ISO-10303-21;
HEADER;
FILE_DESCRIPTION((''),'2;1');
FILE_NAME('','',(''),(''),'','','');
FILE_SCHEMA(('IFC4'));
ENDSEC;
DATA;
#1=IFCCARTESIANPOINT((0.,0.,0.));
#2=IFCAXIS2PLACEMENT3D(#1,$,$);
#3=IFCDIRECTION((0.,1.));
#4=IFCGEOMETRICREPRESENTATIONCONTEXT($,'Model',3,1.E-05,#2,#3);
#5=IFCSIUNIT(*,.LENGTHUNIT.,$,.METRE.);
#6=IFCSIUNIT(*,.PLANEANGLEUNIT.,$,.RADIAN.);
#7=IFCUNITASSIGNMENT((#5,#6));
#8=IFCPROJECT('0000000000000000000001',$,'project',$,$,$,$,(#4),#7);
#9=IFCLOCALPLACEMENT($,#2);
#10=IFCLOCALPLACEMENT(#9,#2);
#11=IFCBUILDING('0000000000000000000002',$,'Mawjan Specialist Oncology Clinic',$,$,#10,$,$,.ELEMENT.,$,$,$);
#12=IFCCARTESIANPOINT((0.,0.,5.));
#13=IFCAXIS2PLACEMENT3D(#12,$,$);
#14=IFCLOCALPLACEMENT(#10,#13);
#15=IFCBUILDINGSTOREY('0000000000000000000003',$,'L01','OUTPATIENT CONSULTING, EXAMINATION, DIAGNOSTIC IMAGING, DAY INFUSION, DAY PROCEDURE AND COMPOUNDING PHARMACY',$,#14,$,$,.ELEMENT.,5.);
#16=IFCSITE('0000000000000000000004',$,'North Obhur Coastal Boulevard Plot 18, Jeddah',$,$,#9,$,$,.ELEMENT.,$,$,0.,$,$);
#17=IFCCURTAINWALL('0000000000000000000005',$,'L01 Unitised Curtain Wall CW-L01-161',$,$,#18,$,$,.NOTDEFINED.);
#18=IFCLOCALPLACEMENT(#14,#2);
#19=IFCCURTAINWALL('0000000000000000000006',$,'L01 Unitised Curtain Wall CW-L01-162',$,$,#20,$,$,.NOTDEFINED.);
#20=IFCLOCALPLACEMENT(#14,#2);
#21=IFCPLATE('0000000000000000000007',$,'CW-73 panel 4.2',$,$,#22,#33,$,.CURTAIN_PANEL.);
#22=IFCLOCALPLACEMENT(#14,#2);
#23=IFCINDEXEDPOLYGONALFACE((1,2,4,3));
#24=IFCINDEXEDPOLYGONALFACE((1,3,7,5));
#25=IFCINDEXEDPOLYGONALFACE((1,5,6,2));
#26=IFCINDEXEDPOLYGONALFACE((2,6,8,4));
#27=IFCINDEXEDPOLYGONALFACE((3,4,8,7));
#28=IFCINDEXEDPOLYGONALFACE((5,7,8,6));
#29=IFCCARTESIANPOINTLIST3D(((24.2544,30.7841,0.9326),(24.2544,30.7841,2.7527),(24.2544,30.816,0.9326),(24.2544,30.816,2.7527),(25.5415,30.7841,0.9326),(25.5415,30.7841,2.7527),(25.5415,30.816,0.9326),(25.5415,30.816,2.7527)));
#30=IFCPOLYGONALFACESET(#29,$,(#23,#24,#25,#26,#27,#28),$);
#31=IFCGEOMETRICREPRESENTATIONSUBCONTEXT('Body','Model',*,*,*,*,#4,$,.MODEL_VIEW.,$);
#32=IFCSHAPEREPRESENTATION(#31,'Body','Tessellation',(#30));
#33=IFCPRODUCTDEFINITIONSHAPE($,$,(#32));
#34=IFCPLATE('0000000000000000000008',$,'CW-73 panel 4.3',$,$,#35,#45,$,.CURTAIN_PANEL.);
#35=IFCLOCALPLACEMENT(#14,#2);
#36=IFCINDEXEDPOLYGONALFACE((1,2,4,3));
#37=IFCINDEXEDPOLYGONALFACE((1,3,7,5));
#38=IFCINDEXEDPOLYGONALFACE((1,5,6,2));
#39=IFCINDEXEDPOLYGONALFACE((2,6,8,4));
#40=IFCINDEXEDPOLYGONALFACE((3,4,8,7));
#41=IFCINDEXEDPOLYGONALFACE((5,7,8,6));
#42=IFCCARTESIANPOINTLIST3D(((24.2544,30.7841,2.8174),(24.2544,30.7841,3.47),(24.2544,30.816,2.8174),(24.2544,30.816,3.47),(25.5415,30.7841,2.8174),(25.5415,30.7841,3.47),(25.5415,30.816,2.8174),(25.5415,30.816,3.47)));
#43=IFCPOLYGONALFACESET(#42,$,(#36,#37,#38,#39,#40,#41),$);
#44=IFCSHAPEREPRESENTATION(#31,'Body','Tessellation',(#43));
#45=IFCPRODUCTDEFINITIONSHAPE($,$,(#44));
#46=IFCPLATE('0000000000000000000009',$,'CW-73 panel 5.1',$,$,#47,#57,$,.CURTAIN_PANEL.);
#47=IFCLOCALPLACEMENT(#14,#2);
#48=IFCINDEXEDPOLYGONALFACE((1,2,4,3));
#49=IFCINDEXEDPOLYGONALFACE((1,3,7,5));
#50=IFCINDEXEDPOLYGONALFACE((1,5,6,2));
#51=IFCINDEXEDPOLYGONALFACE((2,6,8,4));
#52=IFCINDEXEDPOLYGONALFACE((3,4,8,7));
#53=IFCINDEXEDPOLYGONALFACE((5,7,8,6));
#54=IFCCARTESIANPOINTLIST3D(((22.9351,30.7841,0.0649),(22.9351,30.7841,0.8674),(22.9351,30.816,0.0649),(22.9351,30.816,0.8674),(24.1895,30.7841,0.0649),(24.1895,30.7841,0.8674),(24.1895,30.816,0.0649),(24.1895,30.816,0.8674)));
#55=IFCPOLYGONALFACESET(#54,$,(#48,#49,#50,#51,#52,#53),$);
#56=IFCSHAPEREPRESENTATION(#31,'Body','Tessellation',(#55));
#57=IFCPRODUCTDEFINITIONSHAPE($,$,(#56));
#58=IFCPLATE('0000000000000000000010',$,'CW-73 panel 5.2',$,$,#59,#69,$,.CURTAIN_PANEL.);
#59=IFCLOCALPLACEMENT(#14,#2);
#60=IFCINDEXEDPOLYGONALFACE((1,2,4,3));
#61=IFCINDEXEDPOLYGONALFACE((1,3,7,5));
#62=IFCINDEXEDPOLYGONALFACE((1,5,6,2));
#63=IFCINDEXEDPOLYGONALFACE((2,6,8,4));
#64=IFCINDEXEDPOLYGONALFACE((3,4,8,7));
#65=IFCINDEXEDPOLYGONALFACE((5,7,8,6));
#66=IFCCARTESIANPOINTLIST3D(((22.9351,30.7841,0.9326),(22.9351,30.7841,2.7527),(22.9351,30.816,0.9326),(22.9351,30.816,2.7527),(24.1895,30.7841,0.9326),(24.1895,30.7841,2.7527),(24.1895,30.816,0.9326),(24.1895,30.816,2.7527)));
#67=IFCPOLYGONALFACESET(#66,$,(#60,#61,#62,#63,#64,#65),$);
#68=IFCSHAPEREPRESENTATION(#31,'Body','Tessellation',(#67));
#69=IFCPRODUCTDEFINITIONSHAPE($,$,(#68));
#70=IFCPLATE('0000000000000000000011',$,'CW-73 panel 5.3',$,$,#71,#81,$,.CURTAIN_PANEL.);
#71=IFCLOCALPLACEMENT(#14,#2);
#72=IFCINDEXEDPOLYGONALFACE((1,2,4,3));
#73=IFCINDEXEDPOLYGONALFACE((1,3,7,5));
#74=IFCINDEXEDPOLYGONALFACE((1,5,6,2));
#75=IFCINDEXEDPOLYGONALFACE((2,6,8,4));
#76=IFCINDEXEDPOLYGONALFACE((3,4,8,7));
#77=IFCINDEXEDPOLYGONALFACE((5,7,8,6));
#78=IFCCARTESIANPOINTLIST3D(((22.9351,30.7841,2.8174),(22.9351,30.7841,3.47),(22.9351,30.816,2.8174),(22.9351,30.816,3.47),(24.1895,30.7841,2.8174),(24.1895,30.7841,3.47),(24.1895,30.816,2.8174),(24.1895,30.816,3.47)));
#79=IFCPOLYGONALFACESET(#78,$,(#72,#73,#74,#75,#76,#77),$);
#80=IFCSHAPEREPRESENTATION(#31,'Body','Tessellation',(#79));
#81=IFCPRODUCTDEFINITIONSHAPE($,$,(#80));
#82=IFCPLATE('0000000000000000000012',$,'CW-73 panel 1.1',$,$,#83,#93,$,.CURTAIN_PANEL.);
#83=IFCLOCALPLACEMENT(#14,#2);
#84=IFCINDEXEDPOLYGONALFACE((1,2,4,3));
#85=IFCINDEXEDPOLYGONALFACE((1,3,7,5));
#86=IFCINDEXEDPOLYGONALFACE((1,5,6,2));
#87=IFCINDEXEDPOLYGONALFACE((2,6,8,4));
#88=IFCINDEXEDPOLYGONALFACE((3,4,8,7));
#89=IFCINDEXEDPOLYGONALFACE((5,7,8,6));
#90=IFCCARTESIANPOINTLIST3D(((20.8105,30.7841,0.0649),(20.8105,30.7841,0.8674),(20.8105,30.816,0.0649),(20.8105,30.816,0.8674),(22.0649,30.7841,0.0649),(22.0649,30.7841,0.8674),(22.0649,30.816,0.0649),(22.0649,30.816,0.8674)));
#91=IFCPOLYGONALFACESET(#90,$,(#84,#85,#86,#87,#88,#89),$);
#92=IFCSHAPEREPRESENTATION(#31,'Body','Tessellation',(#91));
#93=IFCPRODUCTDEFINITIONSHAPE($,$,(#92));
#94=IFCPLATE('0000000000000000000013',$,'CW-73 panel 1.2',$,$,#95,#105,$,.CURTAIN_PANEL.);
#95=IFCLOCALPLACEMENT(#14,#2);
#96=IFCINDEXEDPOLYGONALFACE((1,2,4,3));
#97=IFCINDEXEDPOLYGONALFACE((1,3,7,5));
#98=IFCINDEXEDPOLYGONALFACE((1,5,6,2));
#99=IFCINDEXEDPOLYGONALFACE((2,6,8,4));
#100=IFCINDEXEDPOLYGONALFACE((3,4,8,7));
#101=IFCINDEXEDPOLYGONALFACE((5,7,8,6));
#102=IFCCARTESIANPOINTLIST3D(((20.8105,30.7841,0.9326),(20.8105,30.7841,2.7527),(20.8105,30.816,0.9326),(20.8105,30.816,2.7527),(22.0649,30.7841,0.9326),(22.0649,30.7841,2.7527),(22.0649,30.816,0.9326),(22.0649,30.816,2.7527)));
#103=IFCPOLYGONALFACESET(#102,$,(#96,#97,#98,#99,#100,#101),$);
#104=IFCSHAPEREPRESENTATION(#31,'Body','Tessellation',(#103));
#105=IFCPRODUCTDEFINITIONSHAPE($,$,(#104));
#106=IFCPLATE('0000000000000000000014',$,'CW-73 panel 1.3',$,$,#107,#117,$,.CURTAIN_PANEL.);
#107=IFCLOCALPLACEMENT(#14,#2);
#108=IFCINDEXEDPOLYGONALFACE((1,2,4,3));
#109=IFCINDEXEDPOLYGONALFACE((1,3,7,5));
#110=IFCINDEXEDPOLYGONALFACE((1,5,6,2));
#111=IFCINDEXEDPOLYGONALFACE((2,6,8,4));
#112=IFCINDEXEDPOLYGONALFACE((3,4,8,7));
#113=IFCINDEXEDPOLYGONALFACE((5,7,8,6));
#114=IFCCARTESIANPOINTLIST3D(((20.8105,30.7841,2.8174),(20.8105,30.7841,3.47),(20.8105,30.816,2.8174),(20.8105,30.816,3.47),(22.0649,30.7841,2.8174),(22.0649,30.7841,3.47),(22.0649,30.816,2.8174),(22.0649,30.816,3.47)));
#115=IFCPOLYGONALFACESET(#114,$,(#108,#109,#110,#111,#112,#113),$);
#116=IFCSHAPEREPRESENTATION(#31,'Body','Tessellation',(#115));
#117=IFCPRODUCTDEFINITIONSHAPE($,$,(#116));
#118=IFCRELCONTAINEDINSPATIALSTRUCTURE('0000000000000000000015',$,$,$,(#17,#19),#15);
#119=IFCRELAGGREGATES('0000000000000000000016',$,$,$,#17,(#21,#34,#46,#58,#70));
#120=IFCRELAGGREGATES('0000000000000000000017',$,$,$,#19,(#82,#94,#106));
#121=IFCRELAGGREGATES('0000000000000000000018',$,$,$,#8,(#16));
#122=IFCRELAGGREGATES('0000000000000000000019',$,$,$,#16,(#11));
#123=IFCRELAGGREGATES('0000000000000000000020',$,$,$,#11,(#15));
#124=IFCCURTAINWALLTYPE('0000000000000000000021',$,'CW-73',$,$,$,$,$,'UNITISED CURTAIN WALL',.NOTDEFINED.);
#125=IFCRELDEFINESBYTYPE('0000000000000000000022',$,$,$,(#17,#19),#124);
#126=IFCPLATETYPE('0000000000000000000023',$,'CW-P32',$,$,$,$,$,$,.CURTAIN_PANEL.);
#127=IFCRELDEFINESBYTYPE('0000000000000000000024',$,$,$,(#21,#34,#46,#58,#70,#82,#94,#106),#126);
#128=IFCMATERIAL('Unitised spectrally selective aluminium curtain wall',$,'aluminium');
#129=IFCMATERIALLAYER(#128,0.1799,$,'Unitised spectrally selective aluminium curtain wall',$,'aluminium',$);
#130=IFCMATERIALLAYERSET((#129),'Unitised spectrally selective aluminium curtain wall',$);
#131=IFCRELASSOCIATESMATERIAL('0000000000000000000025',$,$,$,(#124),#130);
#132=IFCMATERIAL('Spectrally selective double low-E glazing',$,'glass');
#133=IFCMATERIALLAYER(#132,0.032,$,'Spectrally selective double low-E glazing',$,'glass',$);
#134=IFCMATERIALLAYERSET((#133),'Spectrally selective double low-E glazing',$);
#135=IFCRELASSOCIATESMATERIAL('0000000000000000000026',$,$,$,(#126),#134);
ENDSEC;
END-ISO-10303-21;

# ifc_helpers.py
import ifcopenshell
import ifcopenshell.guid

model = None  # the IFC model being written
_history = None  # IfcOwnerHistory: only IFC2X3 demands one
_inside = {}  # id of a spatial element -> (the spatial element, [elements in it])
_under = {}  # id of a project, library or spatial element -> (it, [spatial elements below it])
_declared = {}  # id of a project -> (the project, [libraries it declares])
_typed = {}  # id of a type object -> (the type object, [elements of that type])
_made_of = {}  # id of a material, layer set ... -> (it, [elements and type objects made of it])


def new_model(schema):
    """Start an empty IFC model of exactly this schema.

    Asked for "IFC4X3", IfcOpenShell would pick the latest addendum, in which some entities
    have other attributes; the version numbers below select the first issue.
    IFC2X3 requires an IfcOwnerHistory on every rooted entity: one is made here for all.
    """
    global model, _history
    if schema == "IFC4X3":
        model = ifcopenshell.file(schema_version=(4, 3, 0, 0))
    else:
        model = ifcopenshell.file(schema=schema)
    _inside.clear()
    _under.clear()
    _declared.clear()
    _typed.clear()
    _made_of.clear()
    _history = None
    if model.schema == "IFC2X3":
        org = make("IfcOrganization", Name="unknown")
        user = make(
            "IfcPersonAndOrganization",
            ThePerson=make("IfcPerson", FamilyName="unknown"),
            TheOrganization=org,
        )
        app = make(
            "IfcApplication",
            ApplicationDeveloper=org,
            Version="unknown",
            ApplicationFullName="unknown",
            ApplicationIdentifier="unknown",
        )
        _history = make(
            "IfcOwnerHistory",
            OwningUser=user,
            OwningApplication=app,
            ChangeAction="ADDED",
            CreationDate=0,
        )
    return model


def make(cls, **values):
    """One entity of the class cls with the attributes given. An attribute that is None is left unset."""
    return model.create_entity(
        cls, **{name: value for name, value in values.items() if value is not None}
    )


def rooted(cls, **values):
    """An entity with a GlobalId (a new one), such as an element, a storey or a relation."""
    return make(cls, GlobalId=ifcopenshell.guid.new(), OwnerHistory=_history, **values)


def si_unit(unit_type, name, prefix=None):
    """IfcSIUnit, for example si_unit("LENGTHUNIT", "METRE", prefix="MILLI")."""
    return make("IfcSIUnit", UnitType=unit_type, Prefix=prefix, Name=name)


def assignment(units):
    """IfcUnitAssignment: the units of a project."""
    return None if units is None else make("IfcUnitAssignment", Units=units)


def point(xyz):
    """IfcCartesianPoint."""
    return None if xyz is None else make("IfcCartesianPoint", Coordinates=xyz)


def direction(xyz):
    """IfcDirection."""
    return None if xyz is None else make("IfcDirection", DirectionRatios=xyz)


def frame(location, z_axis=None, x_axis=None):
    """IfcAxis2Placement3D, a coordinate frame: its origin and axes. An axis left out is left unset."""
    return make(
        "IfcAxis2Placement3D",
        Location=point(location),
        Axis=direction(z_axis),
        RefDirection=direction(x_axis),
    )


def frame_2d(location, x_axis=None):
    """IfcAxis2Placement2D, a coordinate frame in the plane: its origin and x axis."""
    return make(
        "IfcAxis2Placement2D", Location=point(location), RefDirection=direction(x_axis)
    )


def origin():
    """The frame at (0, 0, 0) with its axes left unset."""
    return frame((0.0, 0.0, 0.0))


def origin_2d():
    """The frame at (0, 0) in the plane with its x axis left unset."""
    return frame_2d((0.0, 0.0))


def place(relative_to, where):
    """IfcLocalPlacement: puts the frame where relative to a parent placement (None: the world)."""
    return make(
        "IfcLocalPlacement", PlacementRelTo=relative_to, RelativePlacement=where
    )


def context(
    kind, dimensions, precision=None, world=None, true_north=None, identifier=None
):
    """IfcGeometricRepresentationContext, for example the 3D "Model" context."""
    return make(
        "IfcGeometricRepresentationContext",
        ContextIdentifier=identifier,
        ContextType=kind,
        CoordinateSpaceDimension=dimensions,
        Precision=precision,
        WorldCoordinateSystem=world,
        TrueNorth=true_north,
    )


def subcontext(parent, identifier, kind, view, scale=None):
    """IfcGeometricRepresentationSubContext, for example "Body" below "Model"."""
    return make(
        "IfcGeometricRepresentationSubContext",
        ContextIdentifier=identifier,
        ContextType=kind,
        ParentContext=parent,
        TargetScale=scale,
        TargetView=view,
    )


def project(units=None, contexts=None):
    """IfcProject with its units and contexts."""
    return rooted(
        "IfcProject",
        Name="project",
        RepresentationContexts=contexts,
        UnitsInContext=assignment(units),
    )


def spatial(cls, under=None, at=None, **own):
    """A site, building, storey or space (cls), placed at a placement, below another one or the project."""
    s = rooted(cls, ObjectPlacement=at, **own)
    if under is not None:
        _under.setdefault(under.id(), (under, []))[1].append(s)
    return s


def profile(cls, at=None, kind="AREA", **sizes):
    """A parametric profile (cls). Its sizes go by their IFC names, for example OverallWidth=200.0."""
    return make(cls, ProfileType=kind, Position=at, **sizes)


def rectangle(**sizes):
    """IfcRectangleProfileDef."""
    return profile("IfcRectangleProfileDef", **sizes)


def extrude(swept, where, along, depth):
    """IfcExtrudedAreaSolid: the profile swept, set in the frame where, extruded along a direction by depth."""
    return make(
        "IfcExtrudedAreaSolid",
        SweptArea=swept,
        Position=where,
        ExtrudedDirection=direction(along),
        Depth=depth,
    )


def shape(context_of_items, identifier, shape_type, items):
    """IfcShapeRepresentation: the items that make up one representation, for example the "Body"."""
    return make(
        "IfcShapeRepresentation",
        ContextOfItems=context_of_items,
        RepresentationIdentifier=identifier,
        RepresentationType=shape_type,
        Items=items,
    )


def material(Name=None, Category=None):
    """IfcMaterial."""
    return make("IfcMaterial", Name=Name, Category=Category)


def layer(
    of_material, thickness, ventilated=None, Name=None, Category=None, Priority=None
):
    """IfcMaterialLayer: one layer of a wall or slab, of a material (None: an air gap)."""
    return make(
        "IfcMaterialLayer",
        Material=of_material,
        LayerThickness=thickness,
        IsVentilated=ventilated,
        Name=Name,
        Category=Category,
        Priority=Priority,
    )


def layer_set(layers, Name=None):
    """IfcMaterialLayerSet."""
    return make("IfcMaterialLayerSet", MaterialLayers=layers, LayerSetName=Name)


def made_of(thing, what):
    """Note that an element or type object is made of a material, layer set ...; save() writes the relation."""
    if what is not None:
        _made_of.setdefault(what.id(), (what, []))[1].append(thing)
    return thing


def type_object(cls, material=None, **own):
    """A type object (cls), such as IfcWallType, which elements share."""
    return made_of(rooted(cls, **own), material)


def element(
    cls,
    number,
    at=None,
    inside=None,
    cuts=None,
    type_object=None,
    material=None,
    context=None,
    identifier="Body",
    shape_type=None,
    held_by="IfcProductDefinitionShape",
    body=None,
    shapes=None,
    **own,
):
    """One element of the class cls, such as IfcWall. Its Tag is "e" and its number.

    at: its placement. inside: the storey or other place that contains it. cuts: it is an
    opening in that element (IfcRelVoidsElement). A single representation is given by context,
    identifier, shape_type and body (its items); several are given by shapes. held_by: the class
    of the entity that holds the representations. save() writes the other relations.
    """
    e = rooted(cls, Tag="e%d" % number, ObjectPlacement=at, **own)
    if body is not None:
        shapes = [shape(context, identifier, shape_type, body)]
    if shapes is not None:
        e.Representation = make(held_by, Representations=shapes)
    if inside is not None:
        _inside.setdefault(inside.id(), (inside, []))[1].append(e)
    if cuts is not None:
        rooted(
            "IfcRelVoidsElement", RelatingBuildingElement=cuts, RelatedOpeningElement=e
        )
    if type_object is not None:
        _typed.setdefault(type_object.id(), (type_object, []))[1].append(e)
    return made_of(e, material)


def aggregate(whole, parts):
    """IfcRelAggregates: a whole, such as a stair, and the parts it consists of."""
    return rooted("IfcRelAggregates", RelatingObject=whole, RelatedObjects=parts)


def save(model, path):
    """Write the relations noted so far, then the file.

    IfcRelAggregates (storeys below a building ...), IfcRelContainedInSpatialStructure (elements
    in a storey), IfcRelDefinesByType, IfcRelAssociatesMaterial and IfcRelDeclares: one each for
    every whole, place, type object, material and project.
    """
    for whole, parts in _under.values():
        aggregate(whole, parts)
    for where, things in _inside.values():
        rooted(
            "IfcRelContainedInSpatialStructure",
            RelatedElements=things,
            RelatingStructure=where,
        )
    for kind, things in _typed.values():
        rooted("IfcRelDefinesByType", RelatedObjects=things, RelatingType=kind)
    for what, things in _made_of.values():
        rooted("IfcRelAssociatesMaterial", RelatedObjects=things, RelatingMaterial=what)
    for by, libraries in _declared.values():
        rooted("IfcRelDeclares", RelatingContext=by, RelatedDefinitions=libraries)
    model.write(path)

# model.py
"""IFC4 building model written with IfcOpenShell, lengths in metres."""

from ifc_helpers import new_model, si_unit, direction, frame, origin, origin_2d, place, context, subcontext, project, spatial, rectangle, extrude, material, layer, layer_set, type_object, element, aggregate, save


model = new_model("IFC4")

# Units and contexts
model_context = context("Model", 3, precision=1e-05, world=origin(), true_north=direction((0.0, 1.0)))
body_context = subcontext(model_context, "Body", "Model", "MODEL_VIEW")
ifc_project = project(units=[si_unit("LENGTHUNIT", "METRE"), si_unit("PLANEANGLEUNIT", "RADIAN")], contexts=[model_context])

# Site, building, storey
site_placement = place(None, origin())
site = spatial("IfcSite", under=ifc_project, at=site_placement, Name="North Obhur Coastal Boulevard Plot 18, Jeddah", CompositionType="ELEMENT", RefElevation=0.0)
building_placement = place(site_placement, origin())
building = spatial("IfcBuilding", under=site, at=building_placement, Name="Mawjan Specialist Oncology Clinic", CompositionType="ELEMENT")
storey_placement = place(building_placement, frame((0.0, 0.0, 5.0)))
storey = spatial("IfcBuildingStorey", under=building, at=storey_placement, Name="L01", Description="OUTPATIENT CONSULTING, EXAMINATION, DIAGNOSTIC IMAGING, DAY INFUSION, DAY PROCEDURE AND COMPOUNDING PHARMACY", CompositionType="ELEMENT", Elevation=5.0)

# Curtain walls
ifc_material_1 = material(Name="Unitised spectrally selective aluminium curtain wall", Category="aluminium")
ifc_layer_1 = layer(ifc_material_1, 0.1799, Name="Unitised spectrally selective aluminium curtain wall", Category="aluminium")
ifc_layer_set_1 = layer_set([ifc_layer_1], Name="Unitised spectrally selective aluminium curtain wall")
curtain_wall_type_1 = type_object("IfcCurtainWallType", Name="CW-73", ElementType="UNITISED CURTAIN WALL", PredefinedType="NOTDEFINED", material=ifc_layer_set_1)
curtain_wall_1_placement = place(storey_placement, origin())
curtain_wall_1 = element("IfcCurtainWall", 1, at=curtain_wall_1_placement, inside=storey, type_object=curtain_wall_type_1, Name="L01 Unitised Curtain Wall CW-L01-161", PredefinedType="NOTDEFINED")
curtain_wall_2_placement = place(storey_placement, origin())
curtain_wall_2 = element("IfcCurtainWall", 2, at=curtain_wall_2_placement, inside=storey, type_object=curtain_wall_type_1, Name="L01 Unitised Curtain Wall CW-L01-162", PredefinedType="NOTDEFINED")

# Shared definitions
ifc_material_2 = material(Name="Spectrally selective double low-E glazing", Category="glass")
ifc_layer_2 = layer(ifc_material_2, 0.032, Name="Spectrally selective double low-E glazing", Category="glass")
ifc_layer_set_2 = layer_set([ifc_layer_2], Name="Spectrally selective double low-E glazing")
plate_type = type_object("IfcPlateType", Name="CW-P32", PredefinedType="CURTAIN_PANEL", material=ifc_layer_set_2)

# Plates
plate_1_placement = place(storey_placement, frame((24.8979, 30.8, 0.9326), z_axis=(0.0, 0.0, 1.0), x_axis=(-1.0, 0.0, 0.0)))
plate_1 = element("IfcPlate", 3, at=plate_1_placement, type_object=plate_type, Name="CW-73 panel 4.2", PredefinedType="CURTAIN_PANEL", context=body_context, shape_type="SweptSolid", body=[
    extrude(rectangle(XDim=1.2871, YDim=0.032, at=origin_2d()), origin(), (0.0, 0.0, 1.0), 1.8201),
])
plate_2_placement = place(storey_placement, frame((24.8979, 30.8, 2.8174), z_axis=(0.0, 0.0, 1.0), x_axis=(-1.0, 0.0, 0.0)))
plate_2 = element("IfcPlate", 4, at=plate_2_placement, type_object=plate_type, Name="CW-73 panel 4.3", PredefinedType="CURTAIN_PANEL", context=body_context, shape_type="SweptSolid", body=[
    extrude(rectangle(XDim=1.2871, YDim=0.032, at=origin_2d()), origin(), (0.0, 0.0, 1.0), 0.6526),
])
plate_3_placement = place(storey_placement, frame((23.5623, 30.8, 0.0649), z_axis=(0.0, 0.0, 1.0), x_axis=(-1.0, 0.0, 0.0)))
plate_3 = element("IfcPlate", 5, at=plate_3_placement, type_object=plate_type, Name="CW-73 panel 5.1", PredefinedType="CURTAIN_PANEL", context=body_context, shape_type="SweptSolid", body=[
    extrude(rectangle(XDim=1.2544, YDim=0.032, at=origin_2d()), origin(), (0.0, 0.0, 1.0), 0.8025),
])
plate_4_placement = place(storey_placement, frame((23.5623, 30.8, 0.9326), z_axis=(0.0, 0.0, 1.0), x_axis=(-1.0, 0.0, 0.0)))
plate_4 = element("IfcPlate", 6, at=plate_4_placement, type_object=plate_type, Name="CW-73 panel 5.2", PredefinedType="CURTAIN_PANEL", context=body_context, shape_type="SweptSolid", body=[
    extrude(rectangle(XDim=1.2544, YDim=0.032, at=origin_2d()), origin(), (0.0, 0.0, 1.0), 1.8201),
])
plate_5_placement = place(storey_placement, frame((23.5623, 30.8, 2.8174), z_axis=(0.0, 0.0, 1.0), x_axis=(-1.0, 0.0, 0.0)))
plate_5 = element("IfcPlate", 7, at=plate_5_placement, type_object=plate_type, Name="CW-73 panel 5.3", PredefinedType="CURTAIN_PANEL", context=body_context, shape_type="SweptSolid", body=[
    extrude(rectangle(XDim=1.2544, YDim=0.032, at=origin_2d()), origin(), (0.0, 0.0, 1.0), 0.6526),
])
aggregate(curtain_wall_1, [plate_1, plate_2, plate_3, plate_4, plate_5])
plate_6_placement = place(storey_placement, frame((21.4377, 30.8, 0.0649), z_axis=(0.0, 0.0, 1.0), x_axis=(-1.0, 0.0, 0.0)))
plate_6 = element("IfcPlate", 8, at=plate_6_placement, type_object=plate_type, Name="CW-73 panel 1.1", PredefinedType="CURTAIN_PANEL", context=body_context, shape_type="SweptSolid", body=[
    extrude(rectangle(XDim=1.2544, YDim=0.032, at=origin_2d()), origin(), (0.0, 0.0, 1.0), 0.8025),
])
plate_7_placement = place(storey_placement, frame((21.4377, 30.8, 0.9326), z_axis=(0.0, 0.0, 1.0), x_axis=(-1.0, 0.0, 0.0)))
plate_7 = element("IfcPlate", 9, at=plate_7_placement, type_object=plate_type, Name="CW-73 panel 1.2", PredefinedType="CURTAIN_PANEL", context=body_context, shape_type="SweptSolid", body=[
    extrude(rectangle(XDim=1.2544, YDim=0.032, at=origin_2d()), origin(), (0.0, 0.0, 1.0), 1.8201),
])
plate_8_placement = place(storey_placement, frame((21.4377, 30.8, 2.8174), z_axis=(0.0, 0.0, 1.0), x_axis=(-1.0, 0.0, 0.0)))
plate_8 = element("IfcPlate", 10, at=plate_8_placement, type_object=plate_type, Name="CW-73 panel 1.3", PredefinedType="CURTAIN_PANEL", context=body_context, shape_type="SweptSolid", body=[
    extrude(rectangle(XDim=1.2544, YDim=0.032, at=origin_2d()), origin(), (0.0, 0.0, 1.0), 0.6526),
])
aggregate(curtain_wall_2, [plate_6, plate_7, plate_8])

save(model, "model.ifc")
